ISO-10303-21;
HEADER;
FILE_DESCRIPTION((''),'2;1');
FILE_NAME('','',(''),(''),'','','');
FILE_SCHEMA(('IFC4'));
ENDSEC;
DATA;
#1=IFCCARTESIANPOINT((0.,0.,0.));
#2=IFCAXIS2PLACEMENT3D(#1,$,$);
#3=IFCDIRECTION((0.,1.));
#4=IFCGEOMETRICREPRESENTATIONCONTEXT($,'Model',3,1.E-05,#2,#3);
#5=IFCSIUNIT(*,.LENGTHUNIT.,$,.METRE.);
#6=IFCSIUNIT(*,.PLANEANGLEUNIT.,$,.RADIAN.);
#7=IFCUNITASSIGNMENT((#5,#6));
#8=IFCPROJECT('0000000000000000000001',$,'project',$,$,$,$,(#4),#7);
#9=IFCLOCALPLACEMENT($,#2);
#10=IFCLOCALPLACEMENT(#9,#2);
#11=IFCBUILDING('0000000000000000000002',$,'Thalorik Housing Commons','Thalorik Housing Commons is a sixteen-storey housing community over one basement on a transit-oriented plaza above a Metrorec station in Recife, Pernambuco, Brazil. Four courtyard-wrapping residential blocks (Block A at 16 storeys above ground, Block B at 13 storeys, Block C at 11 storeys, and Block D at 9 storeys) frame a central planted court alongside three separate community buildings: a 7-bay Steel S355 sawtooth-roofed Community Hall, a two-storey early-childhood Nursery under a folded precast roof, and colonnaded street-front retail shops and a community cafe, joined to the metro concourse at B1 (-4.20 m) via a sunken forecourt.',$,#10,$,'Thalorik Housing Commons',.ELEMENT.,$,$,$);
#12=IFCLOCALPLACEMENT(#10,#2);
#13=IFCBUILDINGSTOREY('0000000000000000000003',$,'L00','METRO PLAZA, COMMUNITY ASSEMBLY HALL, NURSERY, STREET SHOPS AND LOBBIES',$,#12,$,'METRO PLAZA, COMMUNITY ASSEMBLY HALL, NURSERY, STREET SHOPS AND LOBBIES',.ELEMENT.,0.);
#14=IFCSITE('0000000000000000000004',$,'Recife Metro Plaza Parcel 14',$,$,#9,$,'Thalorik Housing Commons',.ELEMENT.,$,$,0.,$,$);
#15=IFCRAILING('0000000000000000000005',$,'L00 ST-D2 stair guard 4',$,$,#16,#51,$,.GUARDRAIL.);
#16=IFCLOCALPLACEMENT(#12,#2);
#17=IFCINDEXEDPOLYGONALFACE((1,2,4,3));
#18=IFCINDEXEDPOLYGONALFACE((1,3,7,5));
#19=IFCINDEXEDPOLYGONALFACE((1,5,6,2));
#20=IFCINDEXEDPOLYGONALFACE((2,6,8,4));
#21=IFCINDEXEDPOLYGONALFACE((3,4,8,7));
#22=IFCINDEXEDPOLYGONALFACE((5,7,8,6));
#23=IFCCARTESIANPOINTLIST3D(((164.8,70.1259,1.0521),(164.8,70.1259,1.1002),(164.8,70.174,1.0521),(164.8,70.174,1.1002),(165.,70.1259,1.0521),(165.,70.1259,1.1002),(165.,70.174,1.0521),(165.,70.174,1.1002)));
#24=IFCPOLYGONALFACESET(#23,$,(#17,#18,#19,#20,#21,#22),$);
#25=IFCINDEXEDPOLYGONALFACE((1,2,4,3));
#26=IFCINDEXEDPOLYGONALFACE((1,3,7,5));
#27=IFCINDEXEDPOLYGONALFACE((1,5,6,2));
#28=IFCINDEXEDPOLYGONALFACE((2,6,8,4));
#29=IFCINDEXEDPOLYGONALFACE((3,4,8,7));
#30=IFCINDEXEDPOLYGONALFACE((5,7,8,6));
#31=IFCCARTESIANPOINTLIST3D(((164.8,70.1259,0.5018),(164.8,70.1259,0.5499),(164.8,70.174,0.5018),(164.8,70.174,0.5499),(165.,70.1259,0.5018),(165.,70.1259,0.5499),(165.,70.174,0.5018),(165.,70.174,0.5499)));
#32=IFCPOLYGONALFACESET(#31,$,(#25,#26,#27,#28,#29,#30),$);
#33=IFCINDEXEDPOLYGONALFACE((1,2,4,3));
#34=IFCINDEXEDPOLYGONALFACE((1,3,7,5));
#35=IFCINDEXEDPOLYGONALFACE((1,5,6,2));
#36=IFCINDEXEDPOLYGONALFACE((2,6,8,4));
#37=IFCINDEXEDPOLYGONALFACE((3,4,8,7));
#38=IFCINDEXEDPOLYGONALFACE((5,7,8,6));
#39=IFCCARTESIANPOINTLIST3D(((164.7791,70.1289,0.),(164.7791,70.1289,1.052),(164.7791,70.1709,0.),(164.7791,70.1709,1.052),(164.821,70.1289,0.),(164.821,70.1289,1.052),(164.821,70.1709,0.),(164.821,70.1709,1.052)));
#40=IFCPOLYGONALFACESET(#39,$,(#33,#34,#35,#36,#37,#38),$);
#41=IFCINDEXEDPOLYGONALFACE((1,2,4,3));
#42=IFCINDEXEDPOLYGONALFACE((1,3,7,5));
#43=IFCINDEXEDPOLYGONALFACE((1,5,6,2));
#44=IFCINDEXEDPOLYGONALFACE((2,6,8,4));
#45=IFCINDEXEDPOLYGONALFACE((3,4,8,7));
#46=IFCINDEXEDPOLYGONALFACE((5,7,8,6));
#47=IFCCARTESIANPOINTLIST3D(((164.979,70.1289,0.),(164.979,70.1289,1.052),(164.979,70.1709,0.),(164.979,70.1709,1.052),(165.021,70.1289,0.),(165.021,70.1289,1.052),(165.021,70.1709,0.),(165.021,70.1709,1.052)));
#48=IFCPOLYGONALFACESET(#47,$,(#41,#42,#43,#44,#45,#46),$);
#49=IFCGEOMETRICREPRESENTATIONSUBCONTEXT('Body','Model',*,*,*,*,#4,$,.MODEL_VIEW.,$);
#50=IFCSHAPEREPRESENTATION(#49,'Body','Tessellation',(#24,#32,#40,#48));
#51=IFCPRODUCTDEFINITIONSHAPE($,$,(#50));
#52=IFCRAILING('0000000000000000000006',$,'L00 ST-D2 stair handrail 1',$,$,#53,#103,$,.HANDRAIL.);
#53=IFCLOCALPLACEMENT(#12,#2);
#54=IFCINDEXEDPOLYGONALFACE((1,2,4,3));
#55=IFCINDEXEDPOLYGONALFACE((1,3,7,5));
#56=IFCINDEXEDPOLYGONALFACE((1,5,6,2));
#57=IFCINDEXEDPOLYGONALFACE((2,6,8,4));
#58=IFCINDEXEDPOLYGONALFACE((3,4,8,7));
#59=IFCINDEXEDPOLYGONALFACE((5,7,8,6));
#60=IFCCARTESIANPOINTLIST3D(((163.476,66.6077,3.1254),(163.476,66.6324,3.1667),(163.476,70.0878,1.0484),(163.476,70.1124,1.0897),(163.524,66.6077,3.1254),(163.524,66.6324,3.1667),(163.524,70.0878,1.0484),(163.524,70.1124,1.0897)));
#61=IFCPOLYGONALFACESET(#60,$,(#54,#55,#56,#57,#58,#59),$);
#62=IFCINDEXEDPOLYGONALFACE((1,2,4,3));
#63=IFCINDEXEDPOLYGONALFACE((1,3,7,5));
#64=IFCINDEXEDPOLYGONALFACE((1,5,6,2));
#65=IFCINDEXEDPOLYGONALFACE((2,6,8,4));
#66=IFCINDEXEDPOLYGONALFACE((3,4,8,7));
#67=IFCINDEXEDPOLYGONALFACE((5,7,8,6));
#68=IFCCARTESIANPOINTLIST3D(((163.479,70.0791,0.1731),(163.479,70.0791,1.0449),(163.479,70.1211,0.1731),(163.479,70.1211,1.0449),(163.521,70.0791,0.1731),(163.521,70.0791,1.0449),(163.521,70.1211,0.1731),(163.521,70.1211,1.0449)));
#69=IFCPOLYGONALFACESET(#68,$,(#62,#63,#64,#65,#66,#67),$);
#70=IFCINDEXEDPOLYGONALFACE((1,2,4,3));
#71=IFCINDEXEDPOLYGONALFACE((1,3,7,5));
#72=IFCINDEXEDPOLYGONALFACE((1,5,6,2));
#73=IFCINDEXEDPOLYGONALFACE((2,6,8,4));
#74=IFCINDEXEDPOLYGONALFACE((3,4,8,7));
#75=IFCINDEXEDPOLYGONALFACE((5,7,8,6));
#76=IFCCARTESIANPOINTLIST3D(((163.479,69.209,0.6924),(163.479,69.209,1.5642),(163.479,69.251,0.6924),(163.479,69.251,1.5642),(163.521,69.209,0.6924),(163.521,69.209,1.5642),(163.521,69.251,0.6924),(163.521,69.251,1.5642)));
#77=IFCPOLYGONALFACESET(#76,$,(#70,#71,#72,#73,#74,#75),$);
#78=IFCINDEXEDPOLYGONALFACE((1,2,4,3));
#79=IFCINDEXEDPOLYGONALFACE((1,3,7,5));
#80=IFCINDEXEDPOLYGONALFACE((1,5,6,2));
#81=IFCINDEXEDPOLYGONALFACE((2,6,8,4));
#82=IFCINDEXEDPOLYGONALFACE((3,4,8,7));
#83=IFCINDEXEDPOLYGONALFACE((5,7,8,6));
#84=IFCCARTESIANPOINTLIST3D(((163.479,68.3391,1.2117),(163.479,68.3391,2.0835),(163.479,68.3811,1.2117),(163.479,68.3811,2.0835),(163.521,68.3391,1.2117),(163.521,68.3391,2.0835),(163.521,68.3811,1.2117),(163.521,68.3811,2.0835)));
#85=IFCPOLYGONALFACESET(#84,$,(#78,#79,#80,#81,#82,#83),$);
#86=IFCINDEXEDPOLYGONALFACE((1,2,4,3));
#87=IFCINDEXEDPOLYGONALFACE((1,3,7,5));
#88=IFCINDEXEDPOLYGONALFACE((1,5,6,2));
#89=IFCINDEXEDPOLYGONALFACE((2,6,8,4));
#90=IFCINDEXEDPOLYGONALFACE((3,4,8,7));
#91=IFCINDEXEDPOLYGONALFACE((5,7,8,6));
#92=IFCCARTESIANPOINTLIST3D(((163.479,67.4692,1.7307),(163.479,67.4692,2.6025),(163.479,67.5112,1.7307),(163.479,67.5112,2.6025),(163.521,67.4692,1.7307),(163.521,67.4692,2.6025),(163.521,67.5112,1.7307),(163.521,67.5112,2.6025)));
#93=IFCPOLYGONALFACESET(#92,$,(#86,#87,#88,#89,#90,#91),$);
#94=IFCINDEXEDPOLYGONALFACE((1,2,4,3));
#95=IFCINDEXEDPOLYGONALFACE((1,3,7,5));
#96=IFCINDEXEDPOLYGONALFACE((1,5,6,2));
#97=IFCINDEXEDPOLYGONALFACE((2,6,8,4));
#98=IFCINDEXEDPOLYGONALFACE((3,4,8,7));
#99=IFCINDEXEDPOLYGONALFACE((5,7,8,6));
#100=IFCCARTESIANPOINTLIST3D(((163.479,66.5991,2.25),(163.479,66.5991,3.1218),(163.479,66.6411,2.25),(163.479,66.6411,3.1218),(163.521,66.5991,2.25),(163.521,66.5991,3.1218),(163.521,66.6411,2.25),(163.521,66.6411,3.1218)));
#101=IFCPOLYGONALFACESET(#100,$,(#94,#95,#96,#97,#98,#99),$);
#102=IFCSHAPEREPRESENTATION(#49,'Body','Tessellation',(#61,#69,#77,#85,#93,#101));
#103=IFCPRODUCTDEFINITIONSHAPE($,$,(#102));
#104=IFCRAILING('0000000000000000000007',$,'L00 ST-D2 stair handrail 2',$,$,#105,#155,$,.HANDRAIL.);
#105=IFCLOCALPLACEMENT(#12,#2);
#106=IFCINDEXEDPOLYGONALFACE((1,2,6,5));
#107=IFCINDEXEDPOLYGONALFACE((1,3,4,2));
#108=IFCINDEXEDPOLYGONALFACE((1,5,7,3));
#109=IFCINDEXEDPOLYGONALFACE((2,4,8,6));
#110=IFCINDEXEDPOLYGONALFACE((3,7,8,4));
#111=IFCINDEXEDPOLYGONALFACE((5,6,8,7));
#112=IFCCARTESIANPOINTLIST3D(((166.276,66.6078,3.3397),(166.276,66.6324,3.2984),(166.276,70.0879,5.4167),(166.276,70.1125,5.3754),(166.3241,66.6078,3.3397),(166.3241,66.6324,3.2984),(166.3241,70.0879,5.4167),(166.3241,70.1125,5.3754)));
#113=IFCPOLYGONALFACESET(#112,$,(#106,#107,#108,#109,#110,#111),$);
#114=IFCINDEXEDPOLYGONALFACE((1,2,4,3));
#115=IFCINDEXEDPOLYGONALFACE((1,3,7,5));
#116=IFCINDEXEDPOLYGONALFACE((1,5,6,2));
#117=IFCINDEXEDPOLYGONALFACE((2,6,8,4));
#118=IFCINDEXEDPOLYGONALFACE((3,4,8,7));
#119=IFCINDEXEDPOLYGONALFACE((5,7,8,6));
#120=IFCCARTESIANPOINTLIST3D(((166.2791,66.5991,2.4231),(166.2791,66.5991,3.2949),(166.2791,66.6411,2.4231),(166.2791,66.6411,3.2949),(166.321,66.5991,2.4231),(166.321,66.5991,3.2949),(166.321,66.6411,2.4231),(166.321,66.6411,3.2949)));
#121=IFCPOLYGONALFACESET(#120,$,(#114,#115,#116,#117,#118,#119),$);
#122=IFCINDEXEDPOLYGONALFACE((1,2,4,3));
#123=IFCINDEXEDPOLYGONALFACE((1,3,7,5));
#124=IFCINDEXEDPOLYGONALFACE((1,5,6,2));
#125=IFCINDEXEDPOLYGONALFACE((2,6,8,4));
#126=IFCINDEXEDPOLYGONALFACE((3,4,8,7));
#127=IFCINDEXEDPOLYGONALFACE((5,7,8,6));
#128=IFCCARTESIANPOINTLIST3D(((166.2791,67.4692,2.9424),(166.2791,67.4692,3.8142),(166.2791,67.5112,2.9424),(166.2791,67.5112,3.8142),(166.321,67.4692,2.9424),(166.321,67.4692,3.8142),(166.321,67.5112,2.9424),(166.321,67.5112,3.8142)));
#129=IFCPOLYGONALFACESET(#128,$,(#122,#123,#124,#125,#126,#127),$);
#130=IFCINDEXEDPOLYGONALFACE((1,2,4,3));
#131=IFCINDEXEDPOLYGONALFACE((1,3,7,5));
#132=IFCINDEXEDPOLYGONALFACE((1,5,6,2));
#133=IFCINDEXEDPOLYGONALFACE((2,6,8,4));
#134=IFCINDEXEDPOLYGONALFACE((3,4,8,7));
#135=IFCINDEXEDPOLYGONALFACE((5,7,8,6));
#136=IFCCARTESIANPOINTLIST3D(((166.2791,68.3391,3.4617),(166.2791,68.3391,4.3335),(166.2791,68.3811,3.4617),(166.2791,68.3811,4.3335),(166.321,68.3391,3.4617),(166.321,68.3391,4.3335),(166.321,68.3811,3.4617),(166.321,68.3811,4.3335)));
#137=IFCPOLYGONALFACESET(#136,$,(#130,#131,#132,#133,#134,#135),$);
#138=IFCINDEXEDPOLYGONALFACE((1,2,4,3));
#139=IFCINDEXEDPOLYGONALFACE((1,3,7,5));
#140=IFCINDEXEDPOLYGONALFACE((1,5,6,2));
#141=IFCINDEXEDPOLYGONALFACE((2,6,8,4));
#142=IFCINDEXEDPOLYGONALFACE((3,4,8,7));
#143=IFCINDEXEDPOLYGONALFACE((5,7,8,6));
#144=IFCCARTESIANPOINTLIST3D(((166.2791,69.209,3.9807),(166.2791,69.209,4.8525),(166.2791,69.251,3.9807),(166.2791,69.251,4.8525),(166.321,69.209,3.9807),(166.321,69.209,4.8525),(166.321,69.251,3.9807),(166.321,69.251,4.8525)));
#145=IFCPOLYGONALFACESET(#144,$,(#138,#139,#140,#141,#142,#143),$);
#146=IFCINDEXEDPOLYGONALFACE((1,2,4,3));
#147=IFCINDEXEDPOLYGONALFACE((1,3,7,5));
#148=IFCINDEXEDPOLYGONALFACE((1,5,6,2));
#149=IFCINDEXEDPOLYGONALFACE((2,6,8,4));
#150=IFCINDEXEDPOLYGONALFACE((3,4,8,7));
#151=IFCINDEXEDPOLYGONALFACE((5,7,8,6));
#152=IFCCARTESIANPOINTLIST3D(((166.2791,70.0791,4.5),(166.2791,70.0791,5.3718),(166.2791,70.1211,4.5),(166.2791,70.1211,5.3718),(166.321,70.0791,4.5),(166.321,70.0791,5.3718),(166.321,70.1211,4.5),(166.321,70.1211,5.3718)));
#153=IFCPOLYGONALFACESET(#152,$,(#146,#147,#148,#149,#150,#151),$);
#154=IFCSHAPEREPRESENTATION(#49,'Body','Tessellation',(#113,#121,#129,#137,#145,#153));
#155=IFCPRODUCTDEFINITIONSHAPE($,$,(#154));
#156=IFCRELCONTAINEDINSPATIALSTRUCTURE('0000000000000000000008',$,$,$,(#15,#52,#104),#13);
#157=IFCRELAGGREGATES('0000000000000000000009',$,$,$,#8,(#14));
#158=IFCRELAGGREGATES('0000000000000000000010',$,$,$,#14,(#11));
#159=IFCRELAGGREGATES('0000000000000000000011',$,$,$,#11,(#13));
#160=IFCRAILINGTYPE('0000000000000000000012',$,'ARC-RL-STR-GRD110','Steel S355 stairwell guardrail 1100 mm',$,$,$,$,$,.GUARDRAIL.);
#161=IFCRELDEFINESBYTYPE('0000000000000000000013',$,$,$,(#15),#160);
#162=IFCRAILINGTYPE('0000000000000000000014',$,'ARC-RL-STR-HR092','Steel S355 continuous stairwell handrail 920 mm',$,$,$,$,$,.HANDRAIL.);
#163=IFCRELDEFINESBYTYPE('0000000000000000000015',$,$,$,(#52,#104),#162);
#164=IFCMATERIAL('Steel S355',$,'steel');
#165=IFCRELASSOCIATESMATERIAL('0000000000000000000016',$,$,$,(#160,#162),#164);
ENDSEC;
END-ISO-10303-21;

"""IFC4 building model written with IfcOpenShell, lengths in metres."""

from ifc_helpers import new_model, si_unit, direction, frame, origin, origin_2d, place, context, subcontext, project, spatial, rectangle, extrude, material, type_object, element, save


model = new_model("IFC4")

# Units and contexts
model_context = context("Model", 3, precision=1e-05, world=origin(), true_north=direction((0.0, 1.0)))
body_context = subcontext(model_context, "Body", "Model", "MODEL_VIEW")
ifc_project = project(units=[si_unit("LENGTHUNIT", "METRE"), si_unit("PLANEANGLEUNIT", "RADIAN")], contexts=[model_context])

# Site, building, storey
site_placement = place(None, origin())
site = spatial("IfcSite", under=ifc_project, at=site_placement, Name="Recife Metro Plaza Parcel 14", LongName="Thalorik Housing Commons", CompositionType="ELEMENT", RefElevation=0.0)
building_placement = place(site_placement, origin())
building = spatial("IfcBuilding", under=site, at=building_placement, Name="Thalorik Housing Commons", Description="Thalorik Housing Commons is a sixteen-storey housing community over one basement on a transit-oriented plaza above a Metrorec station in Recife, Pernambuco, Brazil. Four courtyard-wrapping residential blocks (Block A at 16 storeys above ground, Block B at 13 storeys, Block C at 11 storeys, and Block D at 9 storeys) frame a central planted court alongside three separate community buildings: a 7-bay Steel S355 sawtooth-roofed Community Hall, a two-storey early-childhood Nursery under a folded precast roof, and colonnaded street-front retail shops and a community cafe, joined to the metro concourse at B1 (-4.20 m) via a sunken forecourt.", LongName="Thalorik Housing Commons", CompositionType="ELEMENT")
storey_placement = place(building_placement, origin())
storey = spatial("IfcBuildingStorey", under=building, at=storey_placement, Name="L00", Description="METRO PLAZA, COMMUNITY ASSEMBLY HALL, NURSERY, STREET SHOPS AND LOBBIES", LongName="METRO PLAZA, COMMUNITY ASSEMBLY HALL, NURSERY, STREET SHOPS AND LOBBIES", CompositionType="ELEMENT", Elevation=0.0)

# Shared definitions
ifc_material_1 = material(Name="Steel S355", Category="steel")

# Railings
railing_type_1 = type_object("IfcRailingType", Name="ARC-RL-STR-GRD110", Description="Steel S355 stairwell guardrail 1100 mm", PredefinedType="GUARDRAIL", material=ifc_material_1)
railing_1_placement = place(storey_placement, frame((164.8, 70.1499, 0.0)))
element("IfcRailing", 1, at=railing_1_placement, inside=storey, type_object=railing_type_1, Name="L00 ST-D2 stair guard 4", PredefinedType="GUARDRAIL", context=body_context, shape_type="SweptSolid", body=[
    extrude(rectangle(XDim=0.0481, YDim=0.0481, at=origin_2d()), frame((0.0, 0.0, 1.0762), z_axis=(1.0, 0.0, 0.0), x_axis=(0.0, 1.0, 0.0)), (0.0, 0.0, 1.0), 0.2),
    extrude(rectangle(XDim=0.0481, YDim=0.0481, at=origin_2d()), frame((0.0, 0.0, 0.5259), z_axis=(1.0, 0.0, 0.0), x_axis=(0.0, 1.0, 0.0)), (0.0, 0.0, 1.0), 0.2),
    extrude(rectangle(XDim=0.042, YDim=0.042, at=origin_2d()), origin(), (0.0, 0.0, 1.0), 1.052),
    extrude(rectangle(XDim=0.042, YDim=0.042, at=origin_2d()), frame((0.2, 0.0, 0.0)), (0.0, 0.0, 1.0), 1.052),
])
railing_type_2 = type_object("IfcRailingType", Name="ARC-RL-STR-HR092", Description="Steel S355 continuous stairwell handrail 920 mm", PredefinedType="HANDRAIL", material=ifc_material_1)
railing_2_placement = place(storey_placement, frame((163.5, 70.1001, 0.1731)))
element("IfcRailing", 2, at=railing_2_placement, inside=storey, type_object=railing_type_2, Name="L00 ST-D2 stair handrail 1", PredefinedType="HANDRAIL", context=body_context, shape_type="SweptSolid", body=[
    extrude(rectangle(XDim=0.0481, YDim=0.0481, at=origin_2d()), frame((0.0, 0.0, 0.896), z_axis=(0.0, -0.858697, 0.512483), x_axis=(1.0, 0.0, 0.0)), (0.0, 0.0, 1.0), 4.0527),
    extrude(rectangle(XDim=0.042, YDim=0.042, at=origin_2d()), origin(), (0.0, 0.0, 1.0), 0.8718),
    extrude(rectangle(XDim=0.042, YDim=0.042, at=origin_2d()), frame((0.0, -0.8701, 0.5193)), (0.0, 0.0, 1.0), 0.8718),
    extrude(rectangle(XDim=0.042, YDim=0.042, at=origin_2d()), frame((0.0, -1.74, 1.0386)), (0.0, 0.0, 1.0), 0.8718),
    extrude(rectangle(XDim=0.042, YDim=0.042, at=origin_2d()), frame((0.0, -2.6099, 1.5576)), (0.0, 0.0, 1.0), 0.8718),
    extrude(rectangle(XDim=0.042, YDim=0.042, at=origin_2d()), frame((0.0, -3.48, 2.0769)), (0.0, 0.0, 1.0), 0.8718),
])
railing_3_placement = place(storey_placement, frame((166.3, 66.6201, 2.4231)))
element("IfcRailing", 3, at=railing_3_placement, inside=storey, type_object=railing_type_2, Name="L00 ST-D2 stair handrail 2", PredefinedType="HANDRAIL", context=body_context, shape_type="SweptSolid", body=[
    extrude(rectangle(XDim=0.0481, YDim=0.0481, at=origin_2d()), frame((0.0, 0.0, 0.896), z_axis=(0.0, 0.858697, 0.512483), x_axis=(-1.0, 0.0, 0.0)), (0.0, 0.0, 1.0), 4.0527),
    extrude(rectangle(XDim=0.042, YDim=0.042, at=origin_2d()), origin(), (0.0, 0.0, 1.0), 0.8718),
    extrude(rectangle(XDim=0.042, YDim=0.042, at=origin_2d()), frame((0.0, 0.8701, 0.5193)), (0.0, 0.0, 1.0), 0.8718),
    extrude(rectangle(XDim=0.042, YDim=0.042, at=origin_2d()), frame((0.0, 1.74, 1.0386)), (0.0, 0.0, 1.0), 0.8718),
    extrude(rectangle(XDim=0.042, YDim=0.042, at=origin_2d()), frame((0.0, 2.6099, 1.5576)), (0.0, 0.0, 1.0), 0.8718),
    extrude(rectangle(XDim=0.042, YDim=0.042, at=origin_2d()), frame((0.0, 3.48, 2.0769)), (0.0, 0.0, 1.0), 0.8718),
])

save(model, "model.ifc")
